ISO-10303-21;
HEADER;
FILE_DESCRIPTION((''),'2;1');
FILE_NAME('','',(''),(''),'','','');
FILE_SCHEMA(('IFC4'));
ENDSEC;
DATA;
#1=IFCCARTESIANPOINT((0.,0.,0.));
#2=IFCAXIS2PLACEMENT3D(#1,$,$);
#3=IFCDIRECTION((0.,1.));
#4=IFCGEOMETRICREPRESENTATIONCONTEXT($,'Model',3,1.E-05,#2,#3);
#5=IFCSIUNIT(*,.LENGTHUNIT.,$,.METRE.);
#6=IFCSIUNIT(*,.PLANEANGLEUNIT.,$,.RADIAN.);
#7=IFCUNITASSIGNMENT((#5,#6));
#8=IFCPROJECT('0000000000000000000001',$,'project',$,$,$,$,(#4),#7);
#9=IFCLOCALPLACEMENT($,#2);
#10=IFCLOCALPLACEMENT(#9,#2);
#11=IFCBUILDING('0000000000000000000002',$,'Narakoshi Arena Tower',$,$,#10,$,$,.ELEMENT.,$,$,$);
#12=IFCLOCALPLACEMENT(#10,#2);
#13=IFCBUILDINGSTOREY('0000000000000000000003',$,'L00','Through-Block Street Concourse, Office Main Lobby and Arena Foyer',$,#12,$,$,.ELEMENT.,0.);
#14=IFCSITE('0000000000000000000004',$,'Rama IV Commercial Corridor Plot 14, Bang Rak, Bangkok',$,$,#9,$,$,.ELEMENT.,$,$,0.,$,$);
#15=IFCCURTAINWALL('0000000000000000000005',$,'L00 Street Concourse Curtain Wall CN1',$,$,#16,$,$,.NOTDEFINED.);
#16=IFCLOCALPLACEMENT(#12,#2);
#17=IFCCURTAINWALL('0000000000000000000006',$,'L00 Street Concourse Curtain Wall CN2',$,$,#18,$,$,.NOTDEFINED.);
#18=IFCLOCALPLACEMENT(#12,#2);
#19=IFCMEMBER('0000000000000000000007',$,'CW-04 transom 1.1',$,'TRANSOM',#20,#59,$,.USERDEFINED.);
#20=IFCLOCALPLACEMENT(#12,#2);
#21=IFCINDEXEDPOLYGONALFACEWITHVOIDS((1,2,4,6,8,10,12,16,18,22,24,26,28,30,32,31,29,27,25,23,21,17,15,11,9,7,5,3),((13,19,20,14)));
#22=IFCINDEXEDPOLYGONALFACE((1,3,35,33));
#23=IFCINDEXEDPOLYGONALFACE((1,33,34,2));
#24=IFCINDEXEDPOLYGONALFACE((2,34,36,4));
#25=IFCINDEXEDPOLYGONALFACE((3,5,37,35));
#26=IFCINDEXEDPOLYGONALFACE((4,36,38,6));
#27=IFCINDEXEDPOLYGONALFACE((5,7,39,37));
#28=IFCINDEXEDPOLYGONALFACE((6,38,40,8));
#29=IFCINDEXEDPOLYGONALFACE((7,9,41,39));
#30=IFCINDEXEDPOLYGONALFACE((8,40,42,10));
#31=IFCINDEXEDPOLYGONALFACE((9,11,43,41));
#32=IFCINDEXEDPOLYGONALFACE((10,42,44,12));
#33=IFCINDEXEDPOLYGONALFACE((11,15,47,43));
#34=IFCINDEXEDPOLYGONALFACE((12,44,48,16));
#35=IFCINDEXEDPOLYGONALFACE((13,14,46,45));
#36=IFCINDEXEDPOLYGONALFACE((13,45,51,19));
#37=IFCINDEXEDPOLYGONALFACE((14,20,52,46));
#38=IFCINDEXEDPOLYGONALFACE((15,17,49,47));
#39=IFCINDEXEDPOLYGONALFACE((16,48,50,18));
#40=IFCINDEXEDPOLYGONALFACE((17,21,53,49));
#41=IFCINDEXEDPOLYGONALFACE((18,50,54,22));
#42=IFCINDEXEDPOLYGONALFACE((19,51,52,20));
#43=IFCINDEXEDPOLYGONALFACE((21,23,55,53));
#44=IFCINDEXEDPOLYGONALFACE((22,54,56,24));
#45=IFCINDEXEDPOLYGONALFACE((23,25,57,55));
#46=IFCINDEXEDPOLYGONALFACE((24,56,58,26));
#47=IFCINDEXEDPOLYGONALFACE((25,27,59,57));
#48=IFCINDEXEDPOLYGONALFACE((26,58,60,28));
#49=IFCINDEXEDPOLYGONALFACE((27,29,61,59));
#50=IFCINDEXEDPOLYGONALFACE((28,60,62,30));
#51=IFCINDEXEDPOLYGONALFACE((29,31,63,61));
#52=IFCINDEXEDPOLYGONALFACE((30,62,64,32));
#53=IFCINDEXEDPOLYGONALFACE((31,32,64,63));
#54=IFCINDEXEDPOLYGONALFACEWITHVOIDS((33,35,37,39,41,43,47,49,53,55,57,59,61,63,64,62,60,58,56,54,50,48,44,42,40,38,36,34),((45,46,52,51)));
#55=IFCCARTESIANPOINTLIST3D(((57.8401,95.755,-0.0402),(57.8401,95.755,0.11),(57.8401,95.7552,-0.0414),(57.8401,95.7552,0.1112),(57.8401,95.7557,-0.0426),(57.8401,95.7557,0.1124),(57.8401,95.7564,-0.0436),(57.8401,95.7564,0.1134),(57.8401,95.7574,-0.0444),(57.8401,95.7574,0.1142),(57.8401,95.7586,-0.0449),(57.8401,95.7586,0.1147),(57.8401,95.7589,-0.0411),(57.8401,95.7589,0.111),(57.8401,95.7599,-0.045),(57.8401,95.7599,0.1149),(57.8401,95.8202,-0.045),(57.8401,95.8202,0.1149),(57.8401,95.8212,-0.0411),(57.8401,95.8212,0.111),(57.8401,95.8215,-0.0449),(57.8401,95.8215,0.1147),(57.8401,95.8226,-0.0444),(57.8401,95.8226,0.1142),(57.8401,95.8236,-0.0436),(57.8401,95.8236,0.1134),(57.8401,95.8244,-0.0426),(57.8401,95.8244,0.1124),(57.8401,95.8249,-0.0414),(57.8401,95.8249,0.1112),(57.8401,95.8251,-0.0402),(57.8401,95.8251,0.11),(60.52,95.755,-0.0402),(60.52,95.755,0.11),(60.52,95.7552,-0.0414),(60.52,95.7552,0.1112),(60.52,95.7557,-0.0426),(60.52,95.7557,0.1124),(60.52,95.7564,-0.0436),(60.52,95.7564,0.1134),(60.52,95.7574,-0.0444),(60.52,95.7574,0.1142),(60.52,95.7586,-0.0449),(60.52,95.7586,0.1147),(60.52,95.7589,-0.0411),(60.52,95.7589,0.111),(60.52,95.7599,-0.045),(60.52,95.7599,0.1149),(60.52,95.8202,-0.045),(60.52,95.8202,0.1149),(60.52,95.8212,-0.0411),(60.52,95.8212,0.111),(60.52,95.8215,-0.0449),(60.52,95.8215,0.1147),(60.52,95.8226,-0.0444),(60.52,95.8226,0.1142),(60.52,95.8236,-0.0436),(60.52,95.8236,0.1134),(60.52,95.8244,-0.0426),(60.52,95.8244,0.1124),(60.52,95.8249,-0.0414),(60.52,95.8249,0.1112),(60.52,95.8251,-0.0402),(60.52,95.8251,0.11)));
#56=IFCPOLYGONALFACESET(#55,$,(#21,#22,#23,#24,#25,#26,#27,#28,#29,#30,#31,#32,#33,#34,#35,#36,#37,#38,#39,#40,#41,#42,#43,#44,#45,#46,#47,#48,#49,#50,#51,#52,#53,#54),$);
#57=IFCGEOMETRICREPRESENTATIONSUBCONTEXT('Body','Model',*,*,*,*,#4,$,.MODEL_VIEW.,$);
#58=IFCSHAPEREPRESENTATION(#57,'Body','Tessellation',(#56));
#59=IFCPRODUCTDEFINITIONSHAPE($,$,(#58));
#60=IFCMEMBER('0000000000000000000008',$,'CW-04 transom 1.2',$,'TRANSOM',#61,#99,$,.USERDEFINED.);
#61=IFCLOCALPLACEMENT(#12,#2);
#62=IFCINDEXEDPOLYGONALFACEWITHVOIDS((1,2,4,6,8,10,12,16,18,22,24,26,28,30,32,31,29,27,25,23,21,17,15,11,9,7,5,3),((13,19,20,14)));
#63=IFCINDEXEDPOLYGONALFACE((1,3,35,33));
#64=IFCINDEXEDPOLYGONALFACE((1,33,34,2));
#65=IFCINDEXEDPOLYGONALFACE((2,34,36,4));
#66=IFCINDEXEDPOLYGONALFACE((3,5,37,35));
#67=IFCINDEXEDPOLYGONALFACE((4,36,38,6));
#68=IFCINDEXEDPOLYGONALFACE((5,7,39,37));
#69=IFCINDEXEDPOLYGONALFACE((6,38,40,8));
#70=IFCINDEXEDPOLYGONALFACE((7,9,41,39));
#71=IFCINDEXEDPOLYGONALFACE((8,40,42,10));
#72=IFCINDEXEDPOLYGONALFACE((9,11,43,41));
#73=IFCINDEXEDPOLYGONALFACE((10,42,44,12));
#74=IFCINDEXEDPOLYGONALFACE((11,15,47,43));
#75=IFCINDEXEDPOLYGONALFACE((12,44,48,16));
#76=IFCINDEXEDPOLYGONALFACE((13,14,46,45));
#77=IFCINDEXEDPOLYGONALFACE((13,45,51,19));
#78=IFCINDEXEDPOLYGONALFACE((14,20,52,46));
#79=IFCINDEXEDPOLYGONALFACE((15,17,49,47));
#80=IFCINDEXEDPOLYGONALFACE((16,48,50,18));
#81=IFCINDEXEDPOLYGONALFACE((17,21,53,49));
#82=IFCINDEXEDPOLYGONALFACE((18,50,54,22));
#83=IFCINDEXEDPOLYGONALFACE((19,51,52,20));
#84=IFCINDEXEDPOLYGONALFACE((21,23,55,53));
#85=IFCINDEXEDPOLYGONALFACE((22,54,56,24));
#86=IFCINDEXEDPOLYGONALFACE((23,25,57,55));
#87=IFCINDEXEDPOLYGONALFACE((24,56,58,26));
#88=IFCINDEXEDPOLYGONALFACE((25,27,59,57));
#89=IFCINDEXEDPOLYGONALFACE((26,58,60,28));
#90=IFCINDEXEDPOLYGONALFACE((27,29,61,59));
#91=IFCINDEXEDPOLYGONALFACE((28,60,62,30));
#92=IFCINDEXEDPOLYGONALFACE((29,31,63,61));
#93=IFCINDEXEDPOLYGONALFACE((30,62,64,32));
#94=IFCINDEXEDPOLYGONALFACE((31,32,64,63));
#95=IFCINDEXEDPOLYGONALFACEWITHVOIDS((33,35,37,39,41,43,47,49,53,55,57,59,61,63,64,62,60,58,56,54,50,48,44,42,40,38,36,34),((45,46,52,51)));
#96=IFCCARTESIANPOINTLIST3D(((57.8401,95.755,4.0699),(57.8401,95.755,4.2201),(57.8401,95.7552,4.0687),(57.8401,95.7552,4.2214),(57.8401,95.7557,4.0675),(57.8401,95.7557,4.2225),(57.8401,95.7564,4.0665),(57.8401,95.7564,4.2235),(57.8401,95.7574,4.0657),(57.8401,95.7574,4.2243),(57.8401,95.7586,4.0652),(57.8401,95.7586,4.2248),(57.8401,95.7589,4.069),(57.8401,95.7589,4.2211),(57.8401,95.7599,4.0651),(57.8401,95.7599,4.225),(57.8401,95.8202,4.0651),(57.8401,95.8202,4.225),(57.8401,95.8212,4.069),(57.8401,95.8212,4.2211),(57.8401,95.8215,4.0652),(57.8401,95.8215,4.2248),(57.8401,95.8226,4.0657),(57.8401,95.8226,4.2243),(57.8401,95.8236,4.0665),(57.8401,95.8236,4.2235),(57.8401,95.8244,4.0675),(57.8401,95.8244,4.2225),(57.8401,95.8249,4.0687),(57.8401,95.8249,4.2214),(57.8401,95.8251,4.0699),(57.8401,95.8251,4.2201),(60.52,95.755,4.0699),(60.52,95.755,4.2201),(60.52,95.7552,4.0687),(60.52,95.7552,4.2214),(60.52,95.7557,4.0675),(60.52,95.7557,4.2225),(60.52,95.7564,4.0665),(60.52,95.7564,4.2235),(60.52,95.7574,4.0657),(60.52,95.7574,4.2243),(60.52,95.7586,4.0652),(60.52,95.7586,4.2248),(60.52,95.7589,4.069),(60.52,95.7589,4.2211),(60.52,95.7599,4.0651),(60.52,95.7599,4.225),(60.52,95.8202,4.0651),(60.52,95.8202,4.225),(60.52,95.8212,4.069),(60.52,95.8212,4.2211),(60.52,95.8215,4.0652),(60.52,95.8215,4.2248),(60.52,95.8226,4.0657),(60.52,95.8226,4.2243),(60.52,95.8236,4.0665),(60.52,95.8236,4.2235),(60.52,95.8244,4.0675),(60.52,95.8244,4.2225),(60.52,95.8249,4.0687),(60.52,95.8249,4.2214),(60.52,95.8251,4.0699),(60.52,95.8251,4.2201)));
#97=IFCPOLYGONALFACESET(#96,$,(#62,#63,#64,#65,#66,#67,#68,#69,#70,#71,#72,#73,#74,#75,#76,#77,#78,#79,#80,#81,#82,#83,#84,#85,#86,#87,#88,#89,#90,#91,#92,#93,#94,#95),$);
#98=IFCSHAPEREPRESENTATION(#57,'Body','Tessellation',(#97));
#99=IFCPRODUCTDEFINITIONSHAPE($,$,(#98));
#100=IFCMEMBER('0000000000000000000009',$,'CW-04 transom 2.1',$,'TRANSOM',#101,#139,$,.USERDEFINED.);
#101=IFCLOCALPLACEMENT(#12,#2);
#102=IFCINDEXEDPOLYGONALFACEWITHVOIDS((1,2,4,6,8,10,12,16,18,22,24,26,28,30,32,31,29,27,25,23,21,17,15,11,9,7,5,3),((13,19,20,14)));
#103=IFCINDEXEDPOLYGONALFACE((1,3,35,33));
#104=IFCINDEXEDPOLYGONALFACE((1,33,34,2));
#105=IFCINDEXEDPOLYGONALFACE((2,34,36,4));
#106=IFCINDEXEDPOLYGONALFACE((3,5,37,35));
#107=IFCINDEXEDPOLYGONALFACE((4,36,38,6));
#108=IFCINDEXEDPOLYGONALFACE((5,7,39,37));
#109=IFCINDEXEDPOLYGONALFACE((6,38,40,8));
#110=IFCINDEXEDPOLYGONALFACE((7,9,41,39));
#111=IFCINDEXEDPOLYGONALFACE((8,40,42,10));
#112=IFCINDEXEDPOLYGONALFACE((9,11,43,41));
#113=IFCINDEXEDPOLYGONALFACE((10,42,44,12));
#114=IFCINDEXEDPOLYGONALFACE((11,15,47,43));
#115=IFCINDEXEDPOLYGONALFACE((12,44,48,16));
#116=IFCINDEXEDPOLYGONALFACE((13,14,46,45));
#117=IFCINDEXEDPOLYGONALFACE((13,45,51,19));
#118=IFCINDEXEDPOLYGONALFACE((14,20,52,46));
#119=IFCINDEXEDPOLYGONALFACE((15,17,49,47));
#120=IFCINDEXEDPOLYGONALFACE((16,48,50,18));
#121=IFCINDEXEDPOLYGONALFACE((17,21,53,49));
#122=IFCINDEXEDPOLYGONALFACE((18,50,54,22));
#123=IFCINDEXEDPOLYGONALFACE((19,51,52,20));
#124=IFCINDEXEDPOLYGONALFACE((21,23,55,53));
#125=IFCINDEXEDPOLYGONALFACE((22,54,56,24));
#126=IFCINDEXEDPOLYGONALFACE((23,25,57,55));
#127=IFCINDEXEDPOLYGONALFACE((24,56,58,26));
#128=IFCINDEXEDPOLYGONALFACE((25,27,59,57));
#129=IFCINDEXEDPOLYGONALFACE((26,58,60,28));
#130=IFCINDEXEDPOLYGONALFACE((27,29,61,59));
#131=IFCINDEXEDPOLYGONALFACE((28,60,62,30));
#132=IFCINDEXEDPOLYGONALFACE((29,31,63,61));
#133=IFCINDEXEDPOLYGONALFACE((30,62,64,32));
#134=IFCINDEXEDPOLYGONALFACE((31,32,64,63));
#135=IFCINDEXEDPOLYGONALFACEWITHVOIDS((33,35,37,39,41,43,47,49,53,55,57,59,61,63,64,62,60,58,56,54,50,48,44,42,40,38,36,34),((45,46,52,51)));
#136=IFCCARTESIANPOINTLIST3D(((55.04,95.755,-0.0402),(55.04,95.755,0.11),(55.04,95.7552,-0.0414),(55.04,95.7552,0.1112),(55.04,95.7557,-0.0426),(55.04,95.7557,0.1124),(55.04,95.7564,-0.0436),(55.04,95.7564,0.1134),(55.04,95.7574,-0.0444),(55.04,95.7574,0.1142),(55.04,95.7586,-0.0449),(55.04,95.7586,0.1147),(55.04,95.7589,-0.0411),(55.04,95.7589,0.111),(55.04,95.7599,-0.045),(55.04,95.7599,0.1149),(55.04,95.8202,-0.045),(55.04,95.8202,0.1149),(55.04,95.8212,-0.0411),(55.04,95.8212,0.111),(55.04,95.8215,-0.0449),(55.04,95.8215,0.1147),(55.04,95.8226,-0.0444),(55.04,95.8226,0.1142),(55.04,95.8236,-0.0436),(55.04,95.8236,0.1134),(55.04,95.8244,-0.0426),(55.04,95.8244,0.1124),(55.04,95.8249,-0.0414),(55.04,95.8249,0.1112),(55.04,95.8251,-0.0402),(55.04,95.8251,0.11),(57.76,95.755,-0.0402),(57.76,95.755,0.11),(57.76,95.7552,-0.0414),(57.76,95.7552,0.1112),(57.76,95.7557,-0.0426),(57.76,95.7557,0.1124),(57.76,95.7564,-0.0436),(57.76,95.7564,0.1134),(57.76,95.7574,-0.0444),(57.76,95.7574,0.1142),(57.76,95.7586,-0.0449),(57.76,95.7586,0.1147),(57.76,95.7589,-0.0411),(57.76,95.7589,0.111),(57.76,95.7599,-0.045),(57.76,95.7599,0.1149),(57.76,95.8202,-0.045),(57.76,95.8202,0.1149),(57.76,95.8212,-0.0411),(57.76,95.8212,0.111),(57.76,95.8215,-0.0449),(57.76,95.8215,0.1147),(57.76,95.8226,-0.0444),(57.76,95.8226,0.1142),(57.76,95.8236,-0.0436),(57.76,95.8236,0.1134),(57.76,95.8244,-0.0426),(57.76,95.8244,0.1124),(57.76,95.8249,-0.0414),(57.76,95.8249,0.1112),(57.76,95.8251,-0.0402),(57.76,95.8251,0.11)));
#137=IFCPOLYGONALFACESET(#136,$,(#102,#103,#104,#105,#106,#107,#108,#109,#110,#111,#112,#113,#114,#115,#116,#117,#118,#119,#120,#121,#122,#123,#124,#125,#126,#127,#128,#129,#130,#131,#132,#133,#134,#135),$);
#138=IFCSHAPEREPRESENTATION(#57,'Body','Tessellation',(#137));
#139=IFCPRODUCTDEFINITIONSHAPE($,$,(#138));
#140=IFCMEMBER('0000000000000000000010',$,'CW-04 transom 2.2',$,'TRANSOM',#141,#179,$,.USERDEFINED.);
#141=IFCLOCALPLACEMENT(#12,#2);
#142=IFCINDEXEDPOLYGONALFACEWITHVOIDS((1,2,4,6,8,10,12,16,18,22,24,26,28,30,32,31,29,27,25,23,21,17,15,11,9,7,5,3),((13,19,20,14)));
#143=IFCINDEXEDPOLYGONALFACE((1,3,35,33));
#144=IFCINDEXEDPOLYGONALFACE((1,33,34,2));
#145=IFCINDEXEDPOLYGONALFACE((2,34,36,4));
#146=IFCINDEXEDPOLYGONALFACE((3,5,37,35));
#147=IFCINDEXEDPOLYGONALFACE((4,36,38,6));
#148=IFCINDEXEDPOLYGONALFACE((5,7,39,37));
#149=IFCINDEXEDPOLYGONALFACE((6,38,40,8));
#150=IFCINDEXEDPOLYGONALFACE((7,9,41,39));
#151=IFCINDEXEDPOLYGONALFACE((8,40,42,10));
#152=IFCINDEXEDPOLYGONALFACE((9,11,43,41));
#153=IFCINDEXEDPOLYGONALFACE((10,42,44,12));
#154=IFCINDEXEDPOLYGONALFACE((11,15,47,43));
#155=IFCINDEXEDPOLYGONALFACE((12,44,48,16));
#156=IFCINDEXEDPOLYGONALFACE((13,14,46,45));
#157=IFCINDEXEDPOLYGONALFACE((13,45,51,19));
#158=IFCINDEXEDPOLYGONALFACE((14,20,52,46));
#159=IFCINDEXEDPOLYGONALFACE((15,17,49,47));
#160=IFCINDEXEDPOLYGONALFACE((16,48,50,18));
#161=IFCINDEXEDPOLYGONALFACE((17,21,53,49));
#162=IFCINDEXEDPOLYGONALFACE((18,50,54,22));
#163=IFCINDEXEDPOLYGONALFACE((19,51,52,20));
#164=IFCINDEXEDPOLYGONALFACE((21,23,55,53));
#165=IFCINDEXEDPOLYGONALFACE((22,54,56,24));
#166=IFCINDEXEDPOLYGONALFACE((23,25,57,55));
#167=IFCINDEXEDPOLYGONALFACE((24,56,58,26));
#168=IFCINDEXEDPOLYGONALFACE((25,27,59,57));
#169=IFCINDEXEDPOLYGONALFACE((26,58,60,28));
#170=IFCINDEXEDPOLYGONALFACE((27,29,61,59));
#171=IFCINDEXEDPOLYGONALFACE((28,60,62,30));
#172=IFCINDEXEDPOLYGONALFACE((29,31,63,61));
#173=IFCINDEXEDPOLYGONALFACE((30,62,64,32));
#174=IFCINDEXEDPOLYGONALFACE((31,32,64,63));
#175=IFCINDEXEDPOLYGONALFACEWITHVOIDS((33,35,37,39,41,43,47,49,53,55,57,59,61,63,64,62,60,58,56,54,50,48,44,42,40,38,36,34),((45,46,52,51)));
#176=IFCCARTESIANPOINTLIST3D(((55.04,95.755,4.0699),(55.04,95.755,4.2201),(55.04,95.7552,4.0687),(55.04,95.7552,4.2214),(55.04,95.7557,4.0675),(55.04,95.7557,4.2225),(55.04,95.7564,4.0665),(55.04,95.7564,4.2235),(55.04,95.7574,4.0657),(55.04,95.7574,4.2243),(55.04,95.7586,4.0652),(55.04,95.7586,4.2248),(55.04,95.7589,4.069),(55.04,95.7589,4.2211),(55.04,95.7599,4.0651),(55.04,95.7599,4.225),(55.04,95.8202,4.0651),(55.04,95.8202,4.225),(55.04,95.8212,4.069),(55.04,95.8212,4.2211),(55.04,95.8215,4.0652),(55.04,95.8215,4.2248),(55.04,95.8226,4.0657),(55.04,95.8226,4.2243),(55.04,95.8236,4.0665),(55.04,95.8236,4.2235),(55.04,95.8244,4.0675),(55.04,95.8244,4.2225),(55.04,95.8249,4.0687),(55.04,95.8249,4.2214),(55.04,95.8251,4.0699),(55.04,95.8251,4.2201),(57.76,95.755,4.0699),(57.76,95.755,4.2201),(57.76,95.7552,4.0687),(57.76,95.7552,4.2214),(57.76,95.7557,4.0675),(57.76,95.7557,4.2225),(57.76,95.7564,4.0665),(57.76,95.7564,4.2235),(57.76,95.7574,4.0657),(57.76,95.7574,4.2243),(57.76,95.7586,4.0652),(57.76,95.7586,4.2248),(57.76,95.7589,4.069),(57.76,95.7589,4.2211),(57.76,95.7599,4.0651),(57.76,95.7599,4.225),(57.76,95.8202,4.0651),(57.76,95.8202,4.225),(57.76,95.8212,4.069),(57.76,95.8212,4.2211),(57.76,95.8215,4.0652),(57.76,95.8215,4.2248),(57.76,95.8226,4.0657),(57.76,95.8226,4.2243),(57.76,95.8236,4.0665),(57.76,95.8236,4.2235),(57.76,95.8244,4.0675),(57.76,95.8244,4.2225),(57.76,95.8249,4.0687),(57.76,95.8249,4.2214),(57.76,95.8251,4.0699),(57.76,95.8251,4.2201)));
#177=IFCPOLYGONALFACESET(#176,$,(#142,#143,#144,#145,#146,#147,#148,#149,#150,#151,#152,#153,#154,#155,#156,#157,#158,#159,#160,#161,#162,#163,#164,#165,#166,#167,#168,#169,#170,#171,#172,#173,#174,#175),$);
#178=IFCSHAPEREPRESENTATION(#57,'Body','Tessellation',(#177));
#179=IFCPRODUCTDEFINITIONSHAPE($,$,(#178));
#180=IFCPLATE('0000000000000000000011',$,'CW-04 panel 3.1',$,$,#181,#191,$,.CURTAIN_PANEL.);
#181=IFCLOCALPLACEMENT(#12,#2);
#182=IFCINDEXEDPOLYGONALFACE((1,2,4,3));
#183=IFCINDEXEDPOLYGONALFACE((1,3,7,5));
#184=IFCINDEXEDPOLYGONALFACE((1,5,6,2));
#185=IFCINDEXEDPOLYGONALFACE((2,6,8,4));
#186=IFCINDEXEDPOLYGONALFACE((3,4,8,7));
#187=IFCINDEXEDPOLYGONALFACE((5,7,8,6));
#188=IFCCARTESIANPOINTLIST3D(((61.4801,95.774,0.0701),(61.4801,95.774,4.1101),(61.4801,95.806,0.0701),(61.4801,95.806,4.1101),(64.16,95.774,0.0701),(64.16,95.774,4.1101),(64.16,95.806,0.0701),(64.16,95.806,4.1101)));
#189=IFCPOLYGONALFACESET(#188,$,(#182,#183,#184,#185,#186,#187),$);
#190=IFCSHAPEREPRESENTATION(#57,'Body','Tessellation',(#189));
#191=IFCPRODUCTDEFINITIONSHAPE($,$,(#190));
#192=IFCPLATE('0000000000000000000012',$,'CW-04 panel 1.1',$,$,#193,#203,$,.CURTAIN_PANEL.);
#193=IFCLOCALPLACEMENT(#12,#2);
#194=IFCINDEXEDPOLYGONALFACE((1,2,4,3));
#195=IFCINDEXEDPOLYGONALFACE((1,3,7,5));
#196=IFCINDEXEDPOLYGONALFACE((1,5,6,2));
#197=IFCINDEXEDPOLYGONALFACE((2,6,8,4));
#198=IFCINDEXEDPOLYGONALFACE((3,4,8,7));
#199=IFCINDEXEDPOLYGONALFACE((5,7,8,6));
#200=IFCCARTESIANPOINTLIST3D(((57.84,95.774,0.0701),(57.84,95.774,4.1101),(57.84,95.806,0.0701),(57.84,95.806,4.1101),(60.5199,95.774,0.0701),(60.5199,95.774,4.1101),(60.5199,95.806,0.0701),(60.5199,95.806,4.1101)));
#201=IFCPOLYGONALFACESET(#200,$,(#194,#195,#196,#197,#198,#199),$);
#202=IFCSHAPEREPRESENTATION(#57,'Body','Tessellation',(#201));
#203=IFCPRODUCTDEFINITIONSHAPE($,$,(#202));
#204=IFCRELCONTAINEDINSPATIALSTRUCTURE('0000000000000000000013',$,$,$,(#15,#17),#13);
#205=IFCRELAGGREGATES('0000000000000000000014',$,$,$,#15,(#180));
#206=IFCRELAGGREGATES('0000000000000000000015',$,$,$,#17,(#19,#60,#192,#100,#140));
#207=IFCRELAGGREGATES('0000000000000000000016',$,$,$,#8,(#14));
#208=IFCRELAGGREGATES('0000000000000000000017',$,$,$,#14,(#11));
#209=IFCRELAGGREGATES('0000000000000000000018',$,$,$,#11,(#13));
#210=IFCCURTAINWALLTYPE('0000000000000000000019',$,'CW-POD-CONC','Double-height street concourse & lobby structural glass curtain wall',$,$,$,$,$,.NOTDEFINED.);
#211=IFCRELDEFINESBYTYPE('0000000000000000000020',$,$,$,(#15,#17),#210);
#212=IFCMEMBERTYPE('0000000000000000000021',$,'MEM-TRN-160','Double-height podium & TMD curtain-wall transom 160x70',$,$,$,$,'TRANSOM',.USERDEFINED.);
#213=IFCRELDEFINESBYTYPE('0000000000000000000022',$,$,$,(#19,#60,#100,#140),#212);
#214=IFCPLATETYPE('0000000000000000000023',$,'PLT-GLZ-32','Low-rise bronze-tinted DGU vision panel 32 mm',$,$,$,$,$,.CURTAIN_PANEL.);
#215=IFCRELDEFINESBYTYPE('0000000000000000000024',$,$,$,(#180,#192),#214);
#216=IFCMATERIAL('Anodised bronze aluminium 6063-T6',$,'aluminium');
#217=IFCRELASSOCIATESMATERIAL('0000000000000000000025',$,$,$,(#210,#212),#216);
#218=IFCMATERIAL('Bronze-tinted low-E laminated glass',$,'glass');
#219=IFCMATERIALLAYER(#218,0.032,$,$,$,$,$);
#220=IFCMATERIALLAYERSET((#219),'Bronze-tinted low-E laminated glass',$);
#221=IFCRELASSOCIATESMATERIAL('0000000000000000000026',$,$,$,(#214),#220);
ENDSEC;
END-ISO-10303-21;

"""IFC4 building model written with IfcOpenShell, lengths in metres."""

from ifc_helpers import new_model, si_unit, direction, frame, origin, origin_2d, place, context, subcontext, project, spatial, rectangle, hollow_rectangle, extrude, material, layer, layer_set, material_profile, profile_set, type_object, element, aggregate, save


model = new_model("IFC4")

# Units and contexts
model_context = context("Model", 3, precision=1e-05, world=origin(), true_north=direction((0.0, 1.0)))
body_context = subcontext(model_context, "Body", "Model", "MODEL_VIEW")
ifc_project = project(units=[si_unit("LENGTHUNIT", "METRE"), si_unit("PLANEANGLEUNIT", "RADIAN")], contexts=[model_context])

# Site, building, storey
site_placement = place(None, origin())
site = spatial("IfcSite", under=ifc_project, at=site_placement, Name="Rama IV Commercial Corridor Plot 14, Bang Rak, Bangkok", CompositionType="ELEMENT", RefElevation=0.0)
building_placement = place(site_placement, origin())
building = spatial("IfcBuilding", under=site, at=building_placement, Name="Narakoshi Arena Tower", CompositionType="ELEMENT")
storey_placement = place(building_placement, origin())
storey = spatial("IfcBuildingStorey", under=building, at=storey_placement, Name="L00", Description="Through-Block Street Concourse, Office Main Lobby and Arena Foyer", CompositionType="ELEMENT", Elevation=0.0)

# Curtain wall
ifc_material_1 = material(Name="Anodised bronze aluminium 6063-T6", Category="aluminium")
curtain_wall_type = type_object("IfcCurtainWallType", Name="CW-POD-CONC", Description="Double-height street concourse & lobby structural glass curtain wall", PredefinedType="NOTDEFINED", material=ifc_material_1)
curtain_wall_1_placement = place(storey_placement, origin())
curtain_wall_1 = element("IfcCurtainWall", 1, at=curtain_wall_1_placement, inside=storey, type_object=curtain_wall_type, Name="L00 Street Concourse Curtain Wall CN1", PredefinedType="NOTDEFINED")

# Curtain wall
curtain_wall_2_placement = place(storey_placement, origin())
curtain_wall_2 = element("IfcCurtainWall", 2, at=curtain_wall_2_placement, inside=storey, type_object=curtain_wall_type, Name="L00 Street Concourse Curtain Wall CN2", PredefinedType="NOTDEFINED")

# Members
ifc_material_profile_1 = material_profile(ifc_material_1, hollow_rectangle(XDim=0.0701, YDim=0.1599, WallThickness=0.0039, OuterFilletRadius=0.0049, at=origin_2d()), Name="TRN160x70x4")
ifc_profile_set_1 = profile_set([ifc_material_profile_1], Name="Anodised bronze aluminium 6063-T6")
member_type_1 = type_object("IfcMemberType", Name="MEM-TRN-160", Description="Double-height podium & TMD curtain-wall transom 160x70", ElementType="TRANSOM", PredefinedType="USERDEFINED", material=ifc_profile_set_1)
member_1_placement = place(storey_placement, frame((60.52, 95.79, 0.0349), z_axis=(-1.0, 0.0, 0.0), x_axis=(0.0, -1.0, 0.0)))
member_1 = element("IfcMember", 3, at=member_1_placement, type_object=member_type_1, Name="CW-04 transom 1.1", ObjectType="TRANSOM", PredefinedType="USERDEFINED", context=body_context, shape_type="SweptSolid", body=[
    extrude(hollow_rectangle(XDim=0.0701, YDim=0.1599, WallThickness=0.0039, OuterFilletRadius=0.0049, at=origin_2d()), origin(), (0.0, 0.0, 1.0), 2.6799),
])
member_2_placement = place(storey_placement, frame((60.52, 95.79, 4.145), z_axis=(-1.0, 0.0, 0.0), x_axis=(0.0, -1.0, 0.0)))
member_2 = element("IfcMember", 4, at=member_2_placement, type_object=member_type_1, Name="CW-04 transom 1.2", ObjectType="TRANSOM", PredefinedType="USERDEFINED", context=body_context, shape_type="SweptSolid", body=[
    extrude(hollow_rectangle(XDim=0.0701, YDim=0.1599, WallThickness=0.0039, OuterFilletRadius=0.0049, at=origin_2d()), origin(), (0.0, 0.0, 1.0), 2.6799),
])
member_3_placement = place(storey_placement, frame((57.76, 95.79, 0.0349), z_axis=(-1.0, 0.0, 0.0), x_axis=(0.0, -1.0, 0.0)))
member_3 = element("IfcMember", 5, at=member_3_placement, type_object=member_type_1, Name="CW-04 transom 2.1", ObjectType="TRANSOM", PredefinedType="USERDEFINED", context=body_context, shape_type="SweptSolid", body=[
    extrude(hollow_rectangle(XDim=0.0701, YDim=0.1599, WallThickness=0.0039, OuterFilletRadius=0.0049, at=origin_2d()), origin(), (0.0, 0.0, 1.0), 2.72),
])
member_4_placement = place(storey_placement, frame((57.76, 95.79, 4.145), z_axis=(-1.0, 0.0, 0.0), x_axis=(0.0, -1.0, 0.0)))
member_4 = element("IfcMember", 6, at=member_4_placement, type_object=member_type_1, Name="CW-04 transom 2.2", ObjectType="TRANSOM", PredefinedType="USERDEFINED", context=body_context, shape_type="SweptSolid", body=[
    extrude(hollow_rectangle(XDim=0.0701, YDim=0.1599, WallThickness=0.0039, OuterFilletRadius=0.0049, at=origin_2d()), origin(), (0.0, 0.0, 1.0), 2.72),
])

# Plates
ifc_material_2 = material(Name="Bronze-tinted low-E laminated glass", Category="glass")
ifc_layer_1 = layer(ifc_material_2, 0.032)
ifc_layer_set_1 = layer_set([ifc_layer_1], Name="Bronze-tinted low-E laminated glass")
plate_type = type_object("IfcPlateType", Name="PLT-GLZ-32", Description="Low-rise bronze-tinted DGU vision panel 32 mm", PredefinedType="CURTAIN_PANEL", material=ifc_layer_set_1)
plate_1_placement = place(storey_placement, frame((62.8201, 95.79, 0.0701), z_axis=(0.0, 0.0, 1.0), x_axis=(-1.0, 0.0, 0.0)))
plate_1 = element("IfcPlate", 7, at=plate_1_placement, type_object=plate_type, Name="CW-04 panel 3.1", PredefinedType="CURTAIN_PANEL", context=body_context, shape_type="SweptSolid", body=[
    extrude(rectangle(XDim=2.6799, YDim=0.032, at=origin_2d()), origin(), (0.0, 0.0, 1.0), 4.04),
])
aggregate(curtain_wall_1, [plate_1])
plate_2_placement = place(storey_placement, frame((59.1799, 95.79, 0.0701), z_axis=(0.0, 0.0, 1.0), x_axis=(-1.0, 0.0, 0.0)))
plate_2 = element("IfcPlate", 8, at=plate_2_placement, type_object=plate_type, Name="CW-04 panel 1.1", PredefinedType="CURTAIN_PANEL", context=body_context, shape_type="SweptSolid", body=[
    extrude(rectangle(XDim=2.6799, YDim=0.032, at=origin_2d()), origin(), (0.0, 0.0, 1.0), 4.04),
])
aggregate(curtain_wall_2, [member_1, member_2, plate_2, member_3, member_4])

save(model, "model.ifc")
